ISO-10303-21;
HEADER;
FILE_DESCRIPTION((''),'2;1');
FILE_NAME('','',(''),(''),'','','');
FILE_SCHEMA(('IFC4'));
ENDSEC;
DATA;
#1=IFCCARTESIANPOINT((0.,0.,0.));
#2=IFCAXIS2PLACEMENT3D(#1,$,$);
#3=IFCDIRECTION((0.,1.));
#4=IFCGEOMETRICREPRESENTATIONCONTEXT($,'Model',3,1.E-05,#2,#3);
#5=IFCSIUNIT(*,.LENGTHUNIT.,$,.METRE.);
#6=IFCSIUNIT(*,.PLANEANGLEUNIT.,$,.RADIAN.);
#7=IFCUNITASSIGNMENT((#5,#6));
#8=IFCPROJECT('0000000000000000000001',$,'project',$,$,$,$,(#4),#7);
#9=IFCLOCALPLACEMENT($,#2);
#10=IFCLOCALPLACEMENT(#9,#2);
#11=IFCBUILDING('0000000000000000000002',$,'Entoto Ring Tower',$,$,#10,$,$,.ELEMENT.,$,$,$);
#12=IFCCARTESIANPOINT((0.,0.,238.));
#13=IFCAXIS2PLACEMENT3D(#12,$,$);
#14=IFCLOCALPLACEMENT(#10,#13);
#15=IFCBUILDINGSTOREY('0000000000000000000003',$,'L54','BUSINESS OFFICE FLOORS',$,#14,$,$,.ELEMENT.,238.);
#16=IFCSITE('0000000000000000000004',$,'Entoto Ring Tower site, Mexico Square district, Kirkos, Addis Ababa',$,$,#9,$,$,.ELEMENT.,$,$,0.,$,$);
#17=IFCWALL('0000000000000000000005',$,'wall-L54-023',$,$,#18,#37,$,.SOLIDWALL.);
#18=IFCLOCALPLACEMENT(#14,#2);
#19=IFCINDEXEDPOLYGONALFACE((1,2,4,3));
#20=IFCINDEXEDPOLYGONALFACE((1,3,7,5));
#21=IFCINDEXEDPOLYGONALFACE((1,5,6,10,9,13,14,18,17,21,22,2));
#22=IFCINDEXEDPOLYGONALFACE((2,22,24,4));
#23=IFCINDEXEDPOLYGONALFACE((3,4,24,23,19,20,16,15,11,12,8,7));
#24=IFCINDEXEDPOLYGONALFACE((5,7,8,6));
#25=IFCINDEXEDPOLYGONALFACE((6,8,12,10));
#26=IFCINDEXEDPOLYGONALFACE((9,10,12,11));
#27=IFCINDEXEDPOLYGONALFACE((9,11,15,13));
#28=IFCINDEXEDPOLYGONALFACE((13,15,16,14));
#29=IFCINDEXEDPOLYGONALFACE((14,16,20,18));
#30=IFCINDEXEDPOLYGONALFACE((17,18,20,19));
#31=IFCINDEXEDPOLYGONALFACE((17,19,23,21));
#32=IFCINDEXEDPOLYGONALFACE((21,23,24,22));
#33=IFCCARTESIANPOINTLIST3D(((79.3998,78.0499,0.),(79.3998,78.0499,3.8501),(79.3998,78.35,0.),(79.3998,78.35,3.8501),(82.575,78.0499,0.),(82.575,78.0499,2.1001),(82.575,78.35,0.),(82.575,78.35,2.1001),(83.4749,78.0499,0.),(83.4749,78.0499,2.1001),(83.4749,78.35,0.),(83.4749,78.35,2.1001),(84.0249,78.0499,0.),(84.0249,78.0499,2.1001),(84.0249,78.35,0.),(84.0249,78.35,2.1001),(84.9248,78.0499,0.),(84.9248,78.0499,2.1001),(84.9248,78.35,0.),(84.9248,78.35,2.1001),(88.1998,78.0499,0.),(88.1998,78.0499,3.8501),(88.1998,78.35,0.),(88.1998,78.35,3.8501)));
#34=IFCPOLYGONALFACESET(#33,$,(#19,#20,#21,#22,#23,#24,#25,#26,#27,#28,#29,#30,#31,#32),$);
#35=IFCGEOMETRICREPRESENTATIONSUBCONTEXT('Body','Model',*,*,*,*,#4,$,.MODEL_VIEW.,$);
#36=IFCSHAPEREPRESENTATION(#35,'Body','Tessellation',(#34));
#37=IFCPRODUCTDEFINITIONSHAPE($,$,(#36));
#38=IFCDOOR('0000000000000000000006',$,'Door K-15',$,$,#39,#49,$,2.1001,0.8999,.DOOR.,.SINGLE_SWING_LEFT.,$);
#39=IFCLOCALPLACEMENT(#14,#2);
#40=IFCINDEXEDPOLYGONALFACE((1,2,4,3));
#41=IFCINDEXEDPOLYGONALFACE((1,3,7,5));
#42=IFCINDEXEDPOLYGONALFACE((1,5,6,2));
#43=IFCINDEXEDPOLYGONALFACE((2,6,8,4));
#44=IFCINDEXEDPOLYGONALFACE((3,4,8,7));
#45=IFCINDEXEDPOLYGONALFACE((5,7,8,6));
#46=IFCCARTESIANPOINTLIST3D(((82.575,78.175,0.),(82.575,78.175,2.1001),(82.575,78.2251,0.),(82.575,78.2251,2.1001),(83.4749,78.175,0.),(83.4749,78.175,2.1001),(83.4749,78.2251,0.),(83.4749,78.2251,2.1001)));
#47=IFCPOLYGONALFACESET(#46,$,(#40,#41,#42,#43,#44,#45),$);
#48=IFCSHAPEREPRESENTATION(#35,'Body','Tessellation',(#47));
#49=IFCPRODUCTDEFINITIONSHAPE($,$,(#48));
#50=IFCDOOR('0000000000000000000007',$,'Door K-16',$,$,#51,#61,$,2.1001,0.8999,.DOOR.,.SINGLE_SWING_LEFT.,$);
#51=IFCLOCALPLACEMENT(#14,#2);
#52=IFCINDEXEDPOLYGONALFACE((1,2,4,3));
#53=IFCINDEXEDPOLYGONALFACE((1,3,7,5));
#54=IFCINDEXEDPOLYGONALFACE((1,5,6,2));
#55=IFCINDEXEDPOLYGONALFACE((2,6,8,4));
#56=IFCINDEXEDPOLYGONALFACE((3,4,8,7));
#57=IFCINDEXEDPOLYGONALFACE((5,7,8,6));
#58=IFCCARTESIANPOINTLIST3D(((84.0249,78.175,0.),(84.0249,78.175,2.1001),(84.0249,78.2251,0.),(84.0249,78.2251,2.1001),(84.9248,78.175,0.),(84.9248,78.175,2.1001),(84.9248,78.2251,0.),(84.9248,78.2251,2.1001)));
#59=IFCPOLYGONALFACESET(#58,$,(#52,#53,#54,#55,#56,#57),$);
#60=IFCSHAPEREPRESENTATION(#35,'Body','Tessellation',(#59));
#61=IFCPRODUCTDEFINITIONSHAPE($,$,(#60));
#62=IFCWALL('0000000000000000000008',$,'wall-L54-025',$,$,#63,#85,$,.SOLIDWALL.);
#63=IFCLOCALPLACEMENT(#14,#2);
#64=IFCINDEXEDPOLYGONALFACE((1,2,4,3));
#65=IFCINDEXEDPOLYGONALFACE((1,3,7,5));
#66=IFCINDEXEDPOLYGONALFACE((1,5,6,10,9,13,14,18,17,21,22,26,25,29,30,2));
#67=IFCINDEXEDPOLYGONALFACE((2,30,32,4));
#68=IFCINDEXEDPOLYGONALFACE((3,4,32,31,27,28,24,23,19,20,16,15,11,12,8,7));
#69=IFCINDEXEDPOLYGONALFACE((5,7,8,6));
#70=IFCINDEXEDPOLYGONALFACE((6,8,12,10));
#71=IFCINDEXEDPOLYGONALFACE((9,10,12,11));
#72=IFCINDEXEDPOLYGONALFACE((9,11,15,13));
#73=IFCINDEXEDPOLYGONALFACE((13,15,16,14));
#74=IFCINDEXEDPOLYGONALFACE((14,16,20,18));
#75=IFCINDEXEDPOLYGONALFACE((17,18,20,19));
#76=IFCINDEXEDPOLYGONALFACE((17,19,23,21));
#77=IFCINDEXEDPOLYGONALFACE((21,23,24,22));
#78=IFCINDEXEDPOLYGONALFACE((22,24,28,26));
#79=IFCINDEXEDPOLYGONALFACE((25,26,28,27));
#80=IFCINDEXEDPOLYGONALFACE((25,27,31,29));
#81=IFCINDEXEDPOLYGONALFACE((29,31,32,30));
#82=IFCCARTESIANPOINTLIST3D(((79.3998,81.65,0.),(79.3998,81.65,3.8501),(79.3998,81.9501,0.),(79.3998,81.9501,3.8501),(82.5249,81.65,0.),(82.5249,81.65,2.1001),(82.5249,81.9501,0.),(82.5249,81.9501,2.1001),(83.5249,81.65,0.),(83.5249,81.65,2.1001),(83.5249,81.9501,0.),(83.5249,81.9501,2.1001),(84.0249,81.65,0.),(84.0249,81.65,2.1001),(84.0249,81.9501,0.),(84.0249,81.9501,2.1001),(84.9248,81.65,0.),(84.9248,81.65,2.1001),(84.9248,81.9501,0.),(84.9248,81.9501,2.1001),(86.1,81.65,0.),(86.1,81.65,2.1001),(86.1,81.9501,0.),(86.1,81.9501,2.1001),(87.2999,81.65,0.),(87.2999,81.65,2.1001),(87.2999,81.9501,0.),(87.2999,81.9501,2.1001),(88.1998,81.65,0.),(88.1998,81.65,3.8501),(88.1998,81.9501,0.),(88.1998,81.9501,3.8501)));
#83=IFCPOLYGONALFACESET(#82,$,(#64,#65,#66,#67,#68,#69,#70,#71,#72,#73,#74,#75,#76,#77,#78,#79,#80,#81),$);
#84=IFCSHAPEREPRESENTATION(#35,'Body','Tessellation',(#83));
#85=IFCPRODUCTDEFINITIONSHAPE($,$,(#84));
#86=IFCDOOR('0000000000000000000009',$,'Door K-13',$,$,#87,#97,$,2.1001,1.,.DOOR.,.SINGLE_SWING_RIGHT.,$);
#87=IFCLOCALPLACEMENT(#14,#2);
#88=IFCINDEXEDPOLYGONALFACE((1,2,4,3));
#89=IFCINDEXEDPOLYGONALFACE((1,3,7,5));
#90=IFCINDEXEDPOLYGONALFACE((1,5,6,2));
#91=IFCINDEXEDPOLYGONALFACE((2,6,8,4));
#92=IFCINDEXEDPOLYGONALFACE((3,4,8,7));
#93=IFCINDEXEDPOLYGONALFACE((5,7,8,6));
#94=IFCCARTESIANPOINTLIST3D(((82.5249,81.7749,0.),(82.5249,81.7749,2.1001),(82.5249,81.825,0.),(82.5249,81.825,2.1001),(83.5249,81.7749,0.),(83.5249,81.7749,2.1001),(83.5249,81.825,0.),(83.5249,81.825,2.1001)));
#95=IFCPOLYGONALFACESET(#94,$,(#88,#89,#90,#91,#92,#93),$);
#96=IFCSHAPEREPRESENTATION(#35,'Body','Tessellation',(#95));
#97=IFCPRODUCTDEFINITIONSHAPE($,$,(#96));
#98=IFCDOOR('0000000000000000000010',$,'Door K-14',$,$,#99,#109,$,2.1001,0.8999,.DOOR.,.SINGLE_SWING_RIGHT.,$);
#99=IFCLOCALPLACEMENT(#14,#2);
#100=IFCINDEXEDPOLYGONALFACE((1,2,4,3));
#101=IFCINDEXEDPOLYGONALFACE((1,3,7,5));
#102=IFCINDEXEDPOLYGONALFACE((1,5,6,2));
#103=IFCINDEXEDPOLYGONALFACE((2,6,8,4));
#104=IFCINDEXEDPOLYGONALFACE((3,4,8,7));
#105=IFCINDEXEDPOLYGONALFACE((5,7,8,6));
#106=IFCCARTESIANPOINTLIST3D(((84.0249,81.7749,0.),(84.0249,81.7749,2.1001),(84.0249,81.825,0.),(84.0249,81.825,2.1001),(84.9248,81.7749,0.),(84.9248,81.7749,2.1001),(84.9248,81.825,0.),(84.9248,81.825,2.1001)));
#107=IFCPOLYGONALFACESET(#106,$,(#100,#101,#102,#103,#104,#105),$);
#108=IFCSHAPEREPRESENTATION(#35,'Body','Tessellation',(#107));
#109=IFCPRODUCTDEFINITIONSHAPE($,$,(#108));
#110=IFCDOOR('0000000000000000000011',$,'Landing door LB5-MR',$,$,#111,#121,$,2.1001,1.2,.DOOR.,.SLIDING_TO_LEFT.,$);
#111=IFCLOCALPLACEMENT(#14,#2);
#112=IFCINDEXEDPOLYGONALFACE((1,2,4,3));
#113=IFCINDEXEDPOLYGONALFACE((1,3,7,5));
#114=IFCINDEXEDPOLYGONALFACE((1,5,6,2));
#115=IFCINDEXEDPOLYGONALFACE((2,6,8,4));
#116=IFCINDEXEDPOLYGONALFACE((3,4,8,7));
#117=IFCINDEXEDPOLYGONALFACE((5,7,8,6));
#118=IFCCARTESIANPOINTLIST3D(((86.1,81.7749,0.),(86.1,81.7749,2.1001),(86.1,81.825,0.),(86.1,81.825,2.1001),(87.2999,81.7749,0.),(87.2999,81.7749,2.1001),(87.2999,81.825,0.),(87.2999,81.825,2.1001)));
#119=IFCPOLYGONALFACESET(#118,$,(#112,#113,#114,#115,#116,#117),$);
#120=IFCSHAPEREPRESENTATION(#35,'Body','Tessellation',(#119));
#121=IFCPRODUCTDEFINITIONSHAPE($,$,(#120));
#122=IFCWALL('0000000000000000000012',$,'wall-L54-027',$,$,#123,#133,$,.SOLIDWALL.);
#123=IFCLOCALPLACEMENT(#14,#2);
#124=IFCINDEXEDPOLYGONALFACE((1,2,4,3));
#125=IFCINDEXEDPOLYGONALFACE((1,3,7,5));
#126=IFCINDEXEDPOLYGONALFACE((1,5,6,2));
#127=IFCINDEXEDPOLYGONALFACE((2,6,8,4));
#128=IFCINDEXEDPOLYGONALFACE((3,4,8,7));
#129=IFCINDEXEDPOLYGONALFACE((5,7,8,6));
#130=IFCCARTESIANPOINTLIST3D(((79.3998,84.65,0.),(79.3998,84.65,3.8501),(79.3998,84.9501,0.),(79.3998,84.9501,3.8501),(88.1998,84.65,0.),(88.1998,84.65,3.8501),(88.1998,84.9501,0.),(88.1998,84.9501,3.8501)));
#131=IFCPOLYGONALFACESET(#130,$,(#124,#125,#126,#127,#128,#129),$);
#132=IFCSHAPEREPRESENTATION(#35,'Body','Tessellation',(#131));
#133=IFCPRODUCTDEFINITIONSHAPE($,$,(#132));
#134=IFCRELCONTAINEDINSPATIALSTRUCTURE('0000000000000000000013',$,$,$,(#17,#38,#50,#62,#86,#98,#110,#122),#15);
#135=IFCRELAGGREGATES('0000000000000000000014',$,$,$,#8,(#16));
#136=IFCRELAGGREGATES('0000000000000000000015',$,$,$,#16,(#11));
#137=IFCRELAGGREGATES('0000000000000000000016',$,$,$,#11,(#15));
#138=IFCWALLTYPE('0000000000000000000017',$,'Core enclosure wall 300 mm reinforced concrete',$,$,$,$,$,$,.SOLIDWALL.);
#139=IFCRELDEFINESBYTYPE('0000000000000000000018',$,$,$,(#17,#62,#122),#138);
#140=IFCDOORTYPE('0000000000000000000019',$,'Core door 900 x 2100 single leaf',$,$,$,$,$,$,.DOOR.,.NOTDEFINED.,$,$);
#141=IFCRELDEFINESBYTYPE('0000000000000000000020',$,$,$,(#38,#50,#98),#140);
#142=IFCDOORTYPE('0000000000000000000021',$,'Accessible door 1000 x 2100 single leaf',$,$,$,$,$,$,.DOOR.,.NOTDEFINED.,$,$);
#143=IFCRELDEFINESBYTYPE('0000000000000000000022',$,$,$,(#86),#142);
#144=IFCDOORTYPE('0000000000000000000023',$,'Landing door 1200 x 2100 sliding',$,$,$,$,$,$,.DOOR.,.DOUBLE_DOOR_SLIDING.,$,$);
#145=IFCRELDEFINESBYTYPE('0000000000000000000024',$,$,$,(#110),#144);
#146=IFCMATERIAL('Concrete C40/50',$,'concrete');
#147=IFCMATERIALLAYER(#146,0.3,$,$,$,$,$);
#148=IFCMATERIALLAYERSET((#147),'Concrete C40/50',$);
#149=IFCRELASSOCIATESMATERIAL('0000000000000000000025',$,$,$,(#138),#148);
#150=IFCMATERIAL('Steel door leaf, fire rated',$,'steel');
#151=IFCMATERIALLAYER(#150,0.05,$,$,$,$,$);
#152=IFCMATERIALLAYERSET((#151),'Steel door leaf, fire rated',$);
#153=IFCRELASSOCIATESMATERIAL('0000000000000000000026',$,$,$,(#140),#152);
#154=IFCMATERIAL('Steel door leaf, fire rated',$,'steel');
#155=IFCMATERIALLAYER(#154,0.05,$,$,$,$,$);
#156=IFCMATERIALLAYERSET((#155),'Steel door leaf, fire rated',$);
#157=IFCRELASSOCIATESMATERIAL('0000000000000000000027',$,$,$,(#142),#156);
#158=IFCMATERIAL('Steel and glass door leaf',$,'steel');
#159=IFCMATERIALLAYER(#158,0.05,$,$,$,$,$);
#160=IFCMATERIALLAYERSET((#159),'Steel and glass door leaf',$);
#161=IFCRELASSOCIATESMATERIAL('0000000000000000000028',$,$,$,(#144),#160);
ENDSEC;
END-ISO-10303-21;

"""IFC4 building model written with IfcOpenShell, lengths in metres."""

from ifc_helpers import new_model, si_unit, direction, frame, frame_2d, origin, place, context, subcontext, project, spatial, rectangle, extrude, material, layer, layer_set, type_object, element, fill, save


model = new_model("IFC4")

# Units and contexts
model_context = context("Model", 3, precision=1e-05, world=origin(), true_north=direction((0.0, 1.0)))
body_context = subcontext(model_context, "Body", "Model", "MODEL_VIEW")
ifc_project = project(units=[si_unit("LENGTHUNIT", "METRE"), si_unit("PLANEANGLEUNIT", "RADIAN")], contexts=[model_context])

# Site, building, storey
site_placement = place(None, origin())
site = spatial("IfcSite", under=ifc_project, at=site_placement, Name="Entoto Ring Tower site, Mexico Square district, Kirkos, Addis Ababa", CompositionType="ELEMENT", RefElevation=0.0)
building_placement = place(site_placement, origin())
building = spatial("IfcBuilding", under=site, at=building_placement, Name="Entoto Ring Tower", CompositionType="ELEMENT")
storey_placement = place(building_placement, frame((0.0, 0.0, 238.0)))
storey = spatial("IfcBuildingStorey", under=building, at=storey_placement, Name="L54", Description="BUSINESS OFFICE FLOORS", CompositionType="ELEMENT", Elevation=238.0)

# Shared definitions
ifc_material_1 = material(Name="Concrete C40/50", Category="concrete")
ifc_layer_1 = layer(ifc_material_1, 0.3)
ifc_layer_set_1 = layer_set([ifc_layer_1], Name="Concrete C40/50")
wall_type = type_object("IfcWallType", Name="Core enclosure wall 300 mm reinforced concrete", PredefinedType="SOLIDWALL", material=ifc_layer_set_1)

# Walls, openings, doors
wall_1_placement = place(storey_placement, frame((79.3999, 78.2, 0.0), z_axis=(0.0, 0.0, 1.0), x_axis=(1.0, 0.0, 0.0)))
wall_1 = element("IfcWall", 1, at=wall_1_placement, inside=storey, type_object=wall_type, Name="wall-L54-023", PredefinedType="SOLIDWALL", context=body_context, shape_type="SweptSolid", body=[
    extrude(rectangle(XDim=8.8, YDim=0.3, at=frame_2d((4.3999, 0.0))), origin(), (0.0, 0.0, 1.0), 3.8501),
])
opening_1_placement = place(wall_1_placement, frame((3.175, 0.0, 0.0)))
opening_1 = element("IfcOpeningElement", 2, at=opening_1_placement, cuts=wall_1, PredefinedType="OPENING", context=body_context, shape_type="SweptSolid", body=[
    extrude(rectangle(XDim=0.8999, YDim=2.1001, at=frame_2d((0.45, 1.05))), frame((0.0, 0.1602, 0.0), z_axis=(0.0, -1.0, 0.0), x_axis=(1.0, 0.0, 0.0)), (0.0, 0.0, 1.0), 0.3201),
])
opening_2_placement = place(wall_1_placement, frame((4.625, 0.0, 0.0)))
opening_2 = element("IfcOpeningElement", 3, at=opening_2_placement, cuts=wall_1, PredefinedType="OPENING", context=body_context, shape_type="SweptSolid", body=[
    extrude(rectangle(XDim=0.8999, YDim=2.1001, at=frame_2d((0.45, 1.05))), frame((0.0, 0.1602, 0.0), z_axis=(0.0, -1.0, 0.0), x_axis=(1.0, 0.0, 0.0)), (0.0, 0.0, 1.0), 0.3201),
])
ifc_material_2 = material(Name="Steel door leaf, fire rated", Category="steel")
ifc_layer_2 = layer(ifc_material_2, 0.05)
ifc_layer_set_2 = layer_set([ifc_layer_2], Name="Steel door leaf, fire rated")
door_type_1 = type_object("IfcDoorType", Name="Core door 900 x 2100 single leaf", OperationType="NOTDEFINED", PredefinedType="DOOR", material=ifc_layer_set_2)
door_1_placement = place(opening_1_placement, frame((0.8999, 0.0, 0.0), z_axis=(0.0, 0.0, 1.0), x_axis=(-1.0, 0.0, 0.0)))
door_1 = element("IfcDoor", 4, at=door_1_placement, inside=storey, type_object=door_type_1, Name="Door K-15", OperationType="SINGLE_SWING_LEFT", OverallHeight=2.1001, OverallWidth=0.8999, PredefinedType="DOOR", context=body_context, shape_type="SweptSolid", body=[
    extrude(rectangle(XDim=0.8999, YDim=2.1001, at=frame_2d((0.45, 1.05))), frame((0.0, 0.0249, 0.0), z_axis=(0.0, -1.0, 0.0), x_axis=(1.0, 0.0, 0.0)), (0.0, 0.0, 1.0), 0.05),
])
fill(opening_1, door_1)
door_2_placement = place(opening_2_placement, frame((0.8999, 0.0, 0.0), z_axis=(0.0, 0.0, 1.0), x_axis=(-1.0, 0.0, 0.0)))
door_2 = element("IfcDoor", 5, at=door_2_placement, inside=storey, type_object=door_type_1, Name="Door K-16", OperationType="SINGLE_SWING_LEFT", OverallHeight=2.1001, OverallWidth=0.8999, PredefinedType="DOOR", context=body_context, shape_type="SweptSolid", body=[
    extrude(rectangle(XDim=0.8999, YDim=2.1001, at=frame_2d((0.45, 1.05))), frame((0.0, 0.0249, 0.0), z_axis=(0.0, -1.0, 0.0), x_axis=(1.0, 0.0, 0.0)), (0.0, 0.0, 1.0), 0.05),
])
fill(opening_2, door_2)
wall_2_placement = place(storey_placement, frame((79.3999, 81.8, 0.0), z_axis=(0.0, 0.0, 1.0), x_axis=(1.0, 0.0, 0.0)))
wall_2 = element("IfcWall", 6, at=wall_2_placement, inside=storey, type_object=wall_type, Name="wall-L54-025", PredefinedType="SOLIDWALL", context=body_context, shape_type="SweptSolid", body=[
    extrude(rectangle(XDim=8.8, YDim=0.3, at=frame_2d((4.3999, 0.0))), origin(), (0.0, 0.0, 1.0), 3.8501),
])
opening_3_placement = place(wall_2_placement, frame((6.7, 0.0, 0.0)))
opening_3 = element("IfcOpeningElement", 7, at=opening_3_placement, cuts=wall_2, PredefinedType="OPENING", context=body_context, shape_type="SweptSolid", body=[
    extrude(rectangle(XDim=1.2, YDim=2.1001, at=frame_2d((0.6001, 1.05))), frame((0.0, 0.1602, 0.0), z_axis=(0.0, -1.0, 0.0), x_axis=(1.0, 0.0, 0.0)), (0.0, 0.0, 1.0), 0.3201),
])
opening_4_placement = place(wall_2_placement, frame((3.125, 0.0, 0.0)))
opening_4 = element("IfcOpeningElement", 8, at=opening_4_placement, cuts=wall_2, PredefinedType="OPENING", context=body_context, shape_type="SweptSolid", body=[
    extrude(rectangle(XDim=1.0, YDim=2.1001, at=frame_2d((0.5, 1.05))), frame((0.0, 0.1602, 0.0), z_axis=(0.0, -1.0, 0.0), x_axis=(1.0, 0.0, 0.0)), (0.0, 0.0, 1.0), 0.3201),
])
opening_5_placement = place(wall_2_placement, frame((4.625, 0.0, 0.0)))
opening_5 = element("IfcOpeningElement", 9, at=opening_5_placement, cuts=wall_2, PredefinedType="OPENING", context=body_context, shape_type="SweptSolid", body=[
    extrude(rectangle(XDim=0.8999, YDim=2.1001, at=frame_2d((0.45, 1.05))), frame((0.0, 0.1602, 0.0), z_axis=(0.0, -1.0, 0.0), x_axis=(1.0, 0.0, 0.0)), (0.0, 0.0, 1.0), 0.3201),
])
ifc_material_3 = material(Name="Steel door leaf, fire rated", Category="steel")
ifc_layer_3 = layer(ifc_material_3, 0.05)
ifc_layer_set_3 = layer_set([ifc_layer_3], Name="Steel door leaf, fire rated")
door_type_2 = type_object("IfcDoorType", Name="Accessible door 1000 x 2100 single leaf", OperationType="NOTDEFINED", PredefinedType="DOOR", material=ifc_layer_set_3)
door_3_placement = place(opening_4_placement, origin())
door_3 = element("IfcDoor", 10, at=door_3_placement, inside=storey, type_object=door_type_2, Name="Door K-13", OperationType="SINGLE_SWING_RIGHT", OverallHeight=2.1001, OverallWidth=1.0, PredefinedType="DOOR", context=body_context, shape_type="SweptSolid", body=[
    extrude(rectangle(XDim=1.0, YDim=2.1001, at=frame_2d((0.5, 1.05))), frame((0.0, 0.0249, 0.0), z_axis=(0.0, -1.0, 0.0), x_axis=(1.0, 0.0, 0.0)), (0.0, 0.0, 1.0), 0.05),
])
fill(opening_4, door_3)
door_4_placement = place(opening_5_placement, origin())
door_4 = element("IfcDoor", 11, at=door_4_placement, inside=storey, type_object=door_type_1, Name="Door K-14", OperationType="SINGLE_SWING_RIGHT", OverallHeight=2.1001, OverallWidth=0.8999, PredefinedType="DOOR", context=body_context, shape_type="SweptSolid", body=[
    extrude(rectangle(XDim=0.8999, YDim=2.1001, at=frame_2d((0.45, 1.05))), frame((0.0, 0.0249, 0.0), z_axis=(0.0, -1.0, 0.0), x_axis=(1.0, 0.0, 0.0)), (0.0, 0.0, 1.0), 0.05),
])
fill(opening_5, door_4)
ifc_material_4 = material(Name="Steel and glass door leaf", Category="steel")
ifc_layer_4 = layer(ifc_material_4, 0.05)
ifc_layer_set_4 = layer_set([ifc_layer_4], Name="Steel and glass door leaf")
door_type_3 = type_object("IfcDoorType", Name="Landing door 1200 x 2100 sliding", OperationType="DOUBLE_DOOR_SLIDING", PredefinedType="DOOR", material=ifc_layer_set_4)
door_5_placement = place(opening_3_placement, origin())
door_5 = element("IfcDoor", 12, at=door_5_placement, inside=storey, type_object=door_type_3, Name="Landing door LB5-MR", OperationType="SLIDING_TO_LEFT", OverallHeight=2.1001, OverallWidth=1.2, PredefinedType="DOOR", context=body_context, shape_type="SweptSolid", body=[
    extrude(rectangle(XDim=1.2, YDim=2.1001, at=frame_2d((0.6001, 1.05))), frame((0.0, 0.0249, 0.0), z_axis=(0.0, -1.0, 0.0), x_axis=(1.0, 0.0, 0.0)), (0.0, 0.0, 1.0), 0.05),
])
fill(opening_3, door_5)

# Wall
wall_3_placement = place(storey_placement, frame((79.3999, 84.8, 0.0), z_axis=(0.0, 0.0, 1.0), x_axis=(1.0, 0.0, 0.0)))
element("IfcWall", 13, at=wall_3_placement, inside=storey, type_object=wall_type, Name="wall-L54-027", PredefinedType="SOLIDWALL", context=body_context, shape_type="SweptSolid", body=[
    extrude(rectangle(XDim=8.8, YDim=0.3, at=frame_2d((4.3999, 0.0))), origin(), (0.0, 0.0, 1.0), 3.8501),
])

save(model, "model.ifc")
